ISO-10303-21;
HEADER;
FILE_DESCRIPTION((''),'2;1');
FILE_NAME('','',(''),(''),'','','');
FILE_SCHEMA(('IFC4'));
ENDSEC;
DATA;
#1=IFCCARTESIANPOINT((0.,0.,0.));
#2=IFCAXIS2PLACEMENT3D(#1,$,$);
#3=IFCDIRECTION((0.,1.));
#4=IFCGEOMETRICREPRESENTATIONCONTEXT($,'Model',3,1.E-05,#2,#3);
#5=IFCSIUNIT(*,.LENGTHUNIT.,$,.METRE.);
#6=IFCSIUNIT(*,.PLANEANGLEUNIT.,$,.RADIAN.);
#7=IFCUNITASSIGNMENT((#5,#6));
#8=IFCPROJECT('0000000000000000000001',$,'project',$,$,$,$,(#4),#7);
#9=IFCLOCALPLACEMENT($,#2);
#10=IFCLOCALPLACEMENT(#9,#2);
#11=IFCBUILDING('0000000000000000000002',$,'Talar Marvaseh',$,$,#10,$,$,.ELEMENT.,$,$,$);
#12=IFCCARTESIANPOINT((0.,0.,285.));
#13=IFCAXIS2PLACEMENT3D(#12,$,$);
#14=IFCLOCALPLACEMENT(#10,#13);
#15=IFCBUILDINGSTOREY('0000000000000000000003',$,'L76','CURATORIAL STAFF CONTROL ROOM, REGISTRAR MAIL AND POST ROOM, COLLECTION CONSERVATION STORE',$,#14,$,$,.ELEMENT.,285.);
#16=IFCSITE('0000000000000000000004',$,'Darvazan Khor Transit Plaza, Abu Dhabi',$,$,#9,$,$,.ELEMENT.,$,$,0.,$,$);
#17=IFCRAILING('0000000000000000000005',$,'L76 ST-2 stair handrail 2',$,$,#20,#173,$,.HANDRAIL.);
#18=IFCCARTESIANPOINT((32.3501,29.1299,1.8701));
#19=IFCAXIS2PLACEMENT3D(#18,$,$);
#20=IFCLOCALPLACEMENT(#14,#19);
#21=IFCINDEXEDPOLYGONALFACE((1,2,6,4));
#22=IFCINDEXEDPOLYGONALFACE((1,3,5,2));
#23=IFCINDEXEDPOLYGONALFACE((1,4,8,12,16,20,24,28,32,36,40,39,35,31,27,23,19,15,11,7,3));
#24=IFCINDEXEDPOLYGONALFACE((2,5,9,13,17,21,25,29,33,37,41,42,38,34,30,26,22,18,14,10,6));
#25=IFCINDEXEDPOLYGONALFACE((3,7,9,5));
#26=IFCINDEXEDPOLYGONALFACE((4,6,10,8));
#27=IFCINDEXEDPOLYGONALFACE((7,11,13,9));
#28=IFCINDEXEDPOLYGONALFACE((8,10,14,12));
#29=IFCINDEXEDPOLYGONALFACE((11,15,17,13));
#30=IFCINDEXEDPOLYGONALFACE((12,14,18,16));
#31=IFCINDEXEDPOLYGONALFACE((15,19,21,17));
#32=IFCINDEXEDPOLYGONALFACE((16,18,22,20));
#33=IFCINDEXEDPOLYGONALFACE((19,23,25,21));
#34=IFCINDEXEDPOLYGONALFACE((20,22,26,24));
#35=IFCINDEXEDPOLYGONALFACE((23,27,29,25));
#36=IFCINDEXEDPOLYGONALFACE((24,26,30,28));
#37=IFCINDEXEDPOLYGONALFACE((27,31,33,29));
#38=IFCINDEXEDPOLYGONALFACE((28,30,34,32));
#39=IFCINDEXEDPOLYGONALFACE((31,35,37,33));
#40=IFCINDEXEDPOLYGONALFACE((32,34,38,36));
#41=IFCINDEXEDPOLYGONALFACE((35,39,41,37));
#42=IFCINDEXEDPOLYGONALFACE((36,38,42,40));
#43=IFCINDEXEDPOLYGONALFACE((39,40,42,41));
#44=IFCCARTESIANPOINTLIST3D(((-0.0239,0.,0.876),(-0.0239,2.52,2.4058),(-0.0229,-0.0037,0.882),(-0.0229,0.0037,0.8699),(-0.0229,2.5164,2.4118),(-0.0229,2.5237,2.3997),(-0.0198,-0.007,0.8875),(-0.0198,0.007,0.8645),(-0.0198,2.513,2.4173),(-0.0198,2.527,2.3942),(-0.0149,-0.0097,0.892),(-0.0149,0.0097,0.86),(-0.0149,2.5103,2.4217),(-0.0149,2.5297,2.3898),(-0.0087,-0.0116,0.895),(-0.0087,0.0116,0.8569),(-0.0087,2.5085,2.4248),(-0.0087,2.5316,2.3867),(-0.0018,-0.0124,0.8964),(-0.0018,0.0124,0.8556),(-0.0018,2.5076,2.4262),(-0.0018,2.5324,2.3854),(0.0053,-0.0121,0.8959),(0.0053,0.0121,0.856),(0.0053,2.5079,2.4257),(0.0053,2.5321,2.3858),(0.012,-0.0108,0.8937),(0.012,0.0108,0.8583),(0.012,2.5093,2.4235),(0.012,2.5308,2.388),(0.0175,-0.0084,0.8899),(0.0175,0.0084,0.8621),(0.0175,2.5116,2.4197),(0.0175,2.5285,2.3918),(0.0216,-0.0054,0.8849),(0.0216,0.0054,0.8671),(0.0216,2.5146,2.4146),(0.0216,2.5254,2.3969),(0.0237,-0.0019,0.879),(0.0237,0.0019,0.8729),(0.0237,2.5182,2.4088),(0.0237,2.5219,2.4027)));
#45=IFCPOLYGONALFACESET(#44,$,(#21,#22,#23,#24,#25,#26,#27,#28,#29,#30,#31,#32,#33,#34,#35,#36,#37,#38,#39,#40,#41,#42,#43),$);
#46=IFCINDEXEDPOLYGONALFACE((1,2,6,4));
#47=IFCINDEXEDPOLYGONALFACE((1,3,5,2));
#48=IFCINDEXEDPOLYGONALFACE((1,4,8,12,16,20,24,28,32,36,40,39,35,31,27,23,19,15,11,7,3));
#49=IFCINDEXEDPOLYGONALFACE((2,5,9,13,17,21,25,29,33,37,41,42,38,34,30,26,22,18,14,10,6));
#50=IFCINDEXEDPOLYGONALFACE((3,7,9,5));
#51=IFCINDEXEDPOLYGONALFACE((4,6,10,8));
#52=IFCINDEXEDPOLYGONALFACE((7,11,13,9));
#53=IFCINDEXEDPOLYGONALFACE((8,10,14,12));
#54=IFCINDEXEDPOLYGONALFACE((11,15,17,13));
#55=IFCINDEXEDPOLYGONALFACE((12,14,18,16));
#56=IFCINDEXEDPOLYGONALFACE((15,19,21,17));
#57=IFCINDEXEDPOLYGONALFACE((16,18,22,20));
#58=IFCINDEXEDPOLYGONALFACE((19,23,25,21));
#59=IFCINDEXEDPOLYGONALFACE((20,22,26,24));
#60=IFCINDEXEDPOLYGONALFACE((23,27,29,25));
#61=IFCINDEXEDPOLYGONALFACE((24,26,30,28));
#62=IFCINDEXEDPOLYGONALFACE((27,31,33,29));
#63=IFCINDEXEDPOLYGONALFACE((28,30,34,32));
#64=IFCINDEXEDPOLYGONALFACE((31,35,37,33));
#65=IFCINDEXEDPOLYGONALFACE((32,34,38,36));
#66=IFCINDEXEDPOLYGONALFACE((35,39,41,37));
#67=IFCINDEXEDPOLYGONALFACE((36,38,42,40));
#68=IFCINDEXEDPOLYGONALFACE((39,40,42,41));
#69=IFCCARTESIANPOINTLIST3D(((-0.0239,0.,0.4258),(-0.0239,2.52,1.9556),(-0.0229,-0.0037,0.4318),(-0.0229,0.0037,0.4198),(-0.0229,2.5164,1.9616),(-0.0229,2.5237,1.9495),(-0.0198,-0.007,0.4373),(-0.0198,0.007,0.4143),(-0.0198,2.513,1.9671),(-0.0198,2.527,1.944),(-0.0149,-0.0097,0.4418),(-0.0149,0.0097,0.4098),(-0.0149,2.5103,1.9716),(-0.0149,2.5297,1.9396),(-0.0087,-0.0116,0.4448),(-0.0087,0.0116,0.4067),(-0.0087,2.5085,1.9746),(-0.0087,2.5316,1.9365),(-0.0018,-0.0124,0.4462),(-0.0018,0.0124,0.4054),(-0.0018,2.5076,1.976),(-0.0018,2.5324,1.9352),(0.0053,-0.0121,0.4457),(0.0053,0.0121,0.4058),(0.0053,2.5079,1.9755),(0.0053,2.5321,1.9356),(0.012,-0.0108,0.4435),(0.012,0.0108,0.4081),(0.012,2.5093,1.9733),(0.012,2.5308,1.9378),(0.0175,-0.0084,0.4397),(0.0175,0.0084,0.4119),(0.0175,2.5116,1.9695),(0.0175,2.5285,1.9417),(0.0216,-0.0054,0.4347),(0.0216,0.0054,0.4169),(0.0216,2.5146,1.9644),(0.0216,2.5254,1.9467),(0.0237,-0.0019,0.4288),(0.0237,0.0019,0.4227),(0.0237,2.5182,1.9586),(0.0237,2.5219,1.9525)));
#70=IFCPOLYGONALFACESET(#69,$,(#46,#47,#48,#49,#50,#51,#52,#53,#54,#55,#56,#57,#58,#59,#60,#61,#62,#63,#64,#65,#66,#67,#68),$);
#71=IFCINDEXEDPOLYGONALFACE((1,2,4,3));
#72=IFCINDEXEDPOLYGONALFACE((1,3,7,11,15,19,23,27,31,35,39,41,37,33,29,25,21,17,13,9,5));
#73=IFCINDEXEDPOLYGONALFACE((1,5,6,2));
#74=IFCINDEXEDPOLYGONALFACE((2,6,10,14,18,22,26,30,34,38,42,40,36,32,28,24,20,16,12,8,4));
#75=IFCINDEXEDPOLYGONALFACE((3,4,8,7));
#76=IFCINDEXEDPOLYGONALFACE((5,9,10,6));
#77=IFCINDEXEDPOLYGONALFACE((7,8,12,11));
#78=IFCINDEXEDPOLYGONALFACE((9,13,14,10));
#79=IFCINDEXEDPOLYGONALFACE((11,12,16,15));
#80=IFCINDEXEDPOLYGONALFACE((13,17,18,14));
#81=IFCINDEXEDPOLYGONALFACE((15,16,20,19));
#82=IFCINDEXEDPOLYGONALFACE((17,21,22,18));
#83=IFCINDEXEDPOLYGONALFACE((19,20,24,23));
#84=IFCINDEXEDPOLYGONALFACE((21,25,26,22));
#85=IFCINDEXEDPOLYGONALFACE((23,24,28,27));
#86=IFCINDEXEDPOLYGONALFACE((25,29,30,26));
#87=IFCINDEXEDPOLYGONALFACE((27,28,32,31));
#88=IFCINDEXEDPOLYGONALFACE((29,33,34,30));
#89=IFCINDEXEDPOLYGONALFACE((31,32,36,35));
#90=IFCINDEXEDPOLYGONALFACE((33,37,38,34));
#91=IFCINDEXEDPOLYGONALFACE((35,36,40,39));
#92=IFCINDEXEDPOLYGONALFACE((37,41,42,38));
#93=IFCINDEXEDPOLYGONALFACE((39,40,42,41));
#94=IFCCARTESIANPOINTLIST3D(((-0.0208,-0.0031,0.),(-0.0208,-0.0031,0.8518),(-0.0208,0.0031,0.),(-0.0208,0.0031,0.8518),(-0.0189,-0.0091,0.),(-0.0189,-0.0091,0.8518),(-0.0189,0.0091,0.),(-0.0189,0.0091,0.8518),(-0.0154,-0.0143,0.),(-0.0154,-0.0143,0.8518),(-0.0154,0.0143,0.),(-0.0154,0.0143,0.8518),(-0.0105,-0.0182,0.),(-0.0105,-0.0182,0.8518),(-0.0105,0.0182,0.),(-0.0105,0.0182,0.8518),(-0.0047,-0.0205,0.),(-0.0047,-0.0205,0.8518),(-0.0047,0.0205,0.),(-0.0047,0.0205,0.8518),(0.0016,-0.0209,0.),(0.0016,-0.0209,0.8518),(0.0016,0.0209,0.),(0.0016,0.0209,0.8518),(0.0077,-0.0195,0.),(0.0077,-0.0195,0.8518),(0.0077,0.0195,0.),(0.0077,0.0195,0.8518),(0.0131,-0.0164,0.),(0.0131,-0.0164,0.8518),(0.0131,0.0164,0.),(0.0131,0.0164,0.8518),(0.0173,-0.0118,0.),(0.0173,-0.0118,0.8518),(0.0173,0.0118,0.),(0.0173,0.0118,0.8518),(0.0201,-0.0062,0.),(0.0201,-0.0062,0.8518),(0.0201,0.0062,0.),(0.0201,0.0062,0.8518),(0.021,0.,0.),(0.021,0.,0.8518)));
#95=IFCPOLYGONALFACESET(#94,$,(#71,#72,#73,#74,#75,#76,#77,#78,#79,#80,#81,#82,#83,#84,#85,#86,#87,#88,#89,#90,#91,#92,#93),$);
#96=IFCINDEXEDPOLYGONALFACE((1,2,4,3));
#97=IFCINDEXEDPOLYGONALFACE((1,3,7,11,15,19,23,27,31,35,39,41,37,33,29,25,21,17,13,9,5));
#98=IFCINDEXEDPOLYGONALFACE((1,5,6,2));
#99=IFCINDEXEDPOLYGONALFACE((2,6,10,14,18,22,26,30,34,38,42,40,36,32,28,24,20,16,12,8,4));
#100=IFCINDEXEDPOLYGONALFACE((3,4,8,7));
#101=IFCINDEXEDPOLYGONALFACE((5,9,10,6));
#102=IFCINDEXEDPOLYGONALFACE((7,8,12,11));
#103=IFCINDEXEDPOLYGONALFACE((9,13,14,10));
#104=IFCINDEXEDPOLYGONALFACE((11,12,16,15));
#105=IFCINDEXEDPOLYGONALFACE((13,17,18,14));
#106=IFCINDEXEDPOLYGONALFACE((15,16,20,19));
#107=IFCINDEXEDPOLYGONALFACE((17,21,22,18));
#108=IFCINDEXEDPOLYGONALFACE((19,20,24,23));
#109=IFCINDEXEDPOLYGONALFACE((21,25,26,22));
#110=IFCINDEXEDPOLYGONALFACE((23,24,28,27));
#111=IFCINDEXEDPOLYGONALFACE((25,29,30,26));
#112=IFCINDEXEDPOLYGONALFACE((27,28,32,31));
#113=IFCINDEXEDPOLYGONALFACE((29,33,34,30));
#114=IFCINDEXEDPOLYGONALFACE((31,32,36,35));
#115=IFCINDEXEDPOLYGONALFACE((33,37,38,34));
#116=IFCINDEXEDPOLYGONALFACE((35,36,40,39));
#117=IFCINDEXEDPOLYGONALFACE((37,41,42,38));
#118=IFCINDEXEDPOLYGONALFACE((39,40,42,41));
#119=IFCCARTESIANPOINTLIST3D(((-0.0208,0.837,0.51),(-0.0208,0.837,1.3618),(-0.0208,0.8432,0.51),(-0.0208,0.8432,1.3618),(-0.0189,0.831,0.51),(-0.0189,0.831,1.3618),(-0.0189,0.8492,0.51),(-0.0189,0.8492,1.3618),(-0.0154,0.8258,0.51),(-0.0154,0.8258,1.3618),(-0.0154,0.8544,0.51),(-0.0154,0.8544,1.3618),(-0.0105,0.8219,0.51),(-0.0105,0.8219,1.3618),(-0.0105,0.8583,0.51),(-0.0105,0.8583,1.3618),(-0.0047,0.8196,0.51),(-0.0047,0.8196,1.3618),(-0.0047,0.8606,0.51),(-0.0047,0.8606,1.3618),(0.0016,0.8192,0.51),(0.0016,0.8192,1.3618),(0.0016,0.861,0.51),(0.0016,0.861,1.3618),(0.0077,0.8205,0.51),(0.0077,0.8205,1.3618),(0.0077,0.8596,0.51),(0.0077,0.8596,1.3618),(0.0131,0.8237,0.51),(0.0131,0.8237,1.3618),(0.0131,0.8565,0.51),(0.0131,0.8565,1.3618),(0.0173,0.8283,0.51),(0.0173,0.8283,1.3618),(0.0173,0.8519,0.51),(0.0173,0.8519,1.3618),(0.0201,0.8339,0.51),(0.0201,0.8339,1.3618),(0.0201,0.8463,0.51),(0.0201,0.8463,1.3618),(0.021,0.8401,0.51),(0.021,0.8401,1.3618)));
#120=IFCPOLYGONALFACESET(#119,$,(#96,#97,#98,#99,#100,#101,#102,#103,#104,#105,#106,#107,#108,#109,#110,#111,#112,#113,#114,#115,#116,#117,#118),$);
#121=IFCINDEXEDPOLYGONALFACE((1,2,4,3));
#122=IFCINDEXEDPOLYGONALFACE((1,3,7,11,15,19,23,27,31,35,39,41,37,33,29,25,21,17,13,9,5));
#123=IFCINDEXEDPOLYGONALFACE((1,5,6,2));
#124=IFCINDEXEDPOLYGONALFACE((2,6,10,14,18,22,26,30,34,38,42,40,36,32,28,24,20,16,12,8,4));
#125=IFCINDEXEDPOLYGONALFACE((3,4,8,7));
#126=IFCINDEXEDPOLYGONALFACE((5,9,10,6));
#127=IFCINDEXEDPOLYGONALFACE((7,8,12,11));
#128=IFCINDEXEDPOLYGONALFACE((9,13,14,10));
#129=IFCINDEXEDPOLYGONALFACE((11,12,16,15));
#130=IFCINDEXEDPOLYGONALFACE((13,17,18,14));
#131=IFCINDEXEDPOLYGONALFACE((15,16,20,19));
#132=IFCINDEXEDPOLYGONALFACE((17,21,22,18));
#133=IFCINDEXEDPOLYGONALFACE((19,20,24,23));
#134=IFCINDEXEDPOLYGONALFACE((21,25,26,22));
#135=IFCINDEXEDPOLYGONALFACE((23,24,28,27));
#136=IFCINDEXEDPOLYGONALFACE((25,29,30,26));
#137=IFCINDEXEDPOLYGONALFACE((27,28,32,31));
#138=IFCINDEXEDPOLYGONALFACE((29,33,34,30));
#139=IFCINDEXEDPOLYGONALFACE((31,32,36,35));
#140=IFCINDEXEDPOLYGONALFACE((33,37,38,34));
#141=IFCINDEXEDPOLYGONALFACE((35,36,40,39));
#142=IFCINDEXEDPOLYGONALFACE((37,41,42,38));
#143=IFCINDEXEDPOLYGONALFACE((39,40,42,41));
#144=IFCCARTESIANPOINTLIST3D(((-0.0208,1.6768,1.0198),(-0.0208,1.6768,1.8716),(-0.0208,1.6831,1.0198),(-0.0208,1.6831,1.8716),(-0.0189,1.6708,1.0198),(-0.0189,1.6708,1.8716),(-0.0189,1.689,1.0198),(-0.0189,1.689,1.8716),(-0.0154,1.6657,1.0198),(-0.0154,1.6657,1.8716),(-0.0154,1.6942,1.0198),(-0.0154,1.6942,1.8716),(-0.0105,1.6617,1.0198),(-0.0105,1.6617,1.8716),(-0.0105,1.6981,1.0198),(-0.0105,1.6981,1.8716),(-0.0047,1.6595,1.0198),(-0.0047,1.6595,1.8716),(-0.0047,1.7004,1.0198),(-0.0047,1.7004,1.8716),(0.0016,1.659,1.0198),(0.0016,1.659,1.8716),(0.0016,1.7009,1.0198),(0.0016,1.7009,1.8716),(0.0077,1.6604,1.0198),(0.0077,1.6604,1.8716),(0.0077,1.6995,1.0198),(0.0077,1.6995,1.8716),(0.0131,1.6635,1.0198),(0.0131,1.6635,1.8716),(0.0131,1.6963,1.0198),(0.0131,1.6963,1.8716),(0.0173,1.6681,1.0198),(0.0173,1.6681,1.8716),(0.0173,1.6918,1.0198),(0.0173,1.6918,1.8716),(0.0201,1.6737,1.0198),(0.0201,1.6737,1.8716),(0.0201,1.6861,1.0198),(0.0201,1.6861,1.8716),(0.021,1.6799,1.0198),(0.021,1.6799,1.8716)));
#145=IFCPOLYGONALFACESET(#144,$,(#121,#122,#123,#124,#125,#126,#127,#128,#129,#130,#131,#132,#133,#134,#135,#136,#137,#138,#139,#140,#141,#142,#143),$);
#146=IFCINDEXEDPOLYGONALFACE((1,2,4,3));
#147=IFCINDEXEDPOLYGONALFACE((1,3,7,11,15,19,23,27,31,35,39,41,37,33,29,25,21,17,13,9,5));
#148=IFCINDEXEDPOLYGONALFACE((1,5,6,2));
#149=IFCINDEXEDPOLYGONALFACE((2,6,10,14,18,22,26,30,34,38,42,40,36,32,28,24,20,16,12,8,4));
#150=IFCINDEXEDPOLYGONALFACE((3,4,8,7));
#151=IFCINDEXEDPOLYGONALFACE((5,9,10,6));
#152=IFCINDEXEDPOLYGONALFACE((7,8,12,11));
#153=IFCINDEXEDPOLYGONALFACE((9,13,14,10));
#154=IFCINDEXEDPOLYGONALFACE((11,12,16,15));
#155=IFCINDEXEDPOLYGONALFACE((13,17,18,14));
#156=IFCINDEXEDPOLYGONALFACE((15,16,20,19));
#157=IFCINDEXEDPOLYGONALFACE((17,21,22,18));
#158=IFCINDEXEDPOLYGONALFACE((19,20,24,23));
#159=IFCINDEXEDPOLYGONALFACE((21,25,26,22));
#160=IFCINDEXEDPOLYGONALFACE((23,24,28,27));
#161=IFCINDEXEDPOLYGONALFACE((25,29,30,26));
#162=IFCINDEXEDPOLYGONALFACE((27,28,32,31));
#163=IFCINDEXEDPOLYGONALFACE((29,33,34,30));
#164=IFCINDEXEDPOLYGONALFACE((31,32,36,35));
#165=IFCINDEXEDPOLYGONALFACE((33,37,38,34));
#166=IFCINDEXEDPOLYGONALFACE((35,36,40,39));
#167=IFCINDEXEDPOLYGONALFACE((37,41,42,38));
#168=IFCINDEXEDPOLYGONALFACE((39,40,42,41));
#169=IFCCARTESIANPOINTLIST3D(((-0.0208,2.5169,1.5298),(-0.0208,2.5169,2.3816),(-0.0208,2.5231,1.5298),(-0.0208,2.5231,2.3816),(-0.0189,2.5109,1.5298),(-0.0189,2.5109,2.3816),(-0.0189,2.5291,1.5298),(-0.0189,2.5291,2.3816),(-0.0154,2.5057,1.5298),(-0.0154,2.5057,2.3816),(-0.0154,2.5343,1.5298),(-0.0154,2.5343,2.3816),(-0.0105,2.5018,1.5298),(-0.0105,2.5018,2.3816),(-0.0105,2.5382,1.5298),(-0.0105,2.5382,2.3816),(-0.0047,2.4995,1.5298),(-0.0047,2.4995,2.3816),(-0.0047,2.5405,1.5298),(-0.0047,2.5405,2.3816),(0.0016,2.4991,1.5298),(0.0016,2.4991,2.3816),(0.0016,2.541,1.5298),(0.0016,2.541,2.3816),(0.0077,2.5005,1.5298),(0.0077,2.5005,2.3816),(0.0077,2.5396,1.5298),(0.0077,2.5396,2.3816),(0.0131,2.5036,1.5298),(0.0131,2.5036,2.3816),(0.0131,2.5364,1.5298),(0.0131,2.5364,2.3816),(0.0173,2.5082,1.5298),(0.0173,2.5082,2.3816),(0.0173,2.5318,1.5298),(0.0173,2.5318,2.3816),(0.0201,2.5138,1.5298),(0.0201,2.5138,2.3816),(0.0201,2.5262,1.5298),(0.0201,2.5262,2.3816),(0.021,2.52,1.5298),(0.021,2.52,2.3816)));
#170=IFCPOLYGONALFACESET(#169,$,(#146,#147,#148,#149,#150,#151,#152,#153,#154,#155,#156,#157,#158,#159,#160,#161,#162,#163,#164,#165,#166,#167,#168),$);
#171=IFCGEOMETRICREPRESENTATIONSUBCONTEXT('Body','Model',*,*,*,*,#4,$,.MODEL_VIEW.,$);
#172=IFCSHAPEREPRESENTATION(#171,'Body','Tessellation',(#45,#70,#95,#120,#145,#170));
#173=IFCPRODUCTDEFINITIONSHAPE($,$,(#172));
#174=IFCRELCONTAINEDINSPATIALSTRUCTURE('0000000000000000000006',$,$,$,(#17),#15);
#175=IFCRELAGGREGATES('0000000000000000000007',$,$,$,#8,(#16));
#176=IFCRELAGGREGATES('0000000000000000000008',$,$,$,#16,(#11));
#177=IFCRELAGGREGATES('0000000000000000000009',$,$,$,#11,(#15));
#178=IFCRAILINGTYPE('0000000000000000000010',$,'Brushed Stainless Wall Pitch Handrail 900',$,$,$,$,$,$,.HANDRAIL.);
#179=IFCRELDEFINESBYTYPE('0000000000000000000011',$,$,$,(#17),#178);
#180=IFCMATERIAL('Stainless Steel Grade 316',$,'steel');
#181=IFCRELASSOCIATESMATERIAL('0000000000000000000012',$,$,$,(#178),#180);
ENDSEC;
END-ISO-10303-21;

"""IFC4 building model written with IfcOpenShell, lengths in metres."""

from ifc_helpers import new_model, si_unit, direction, frame, origin, origin_2d, place, context, subcontext, project, spatial, circle, extrude, material, type_object, element, save


model = new_model("IFC4")

# Units and contexts
model_context = context("Model", 3, precision=1e-05, world=origin(), true_north=direction((0.0, 1.0)))
body_context = subcontext(model_context, "Body", "Model", "MODEL_VIEW")
ifc_project = project(units=[si_unit("LENGTHUNIT", "METRE"), si_unit("PLANEANGLEUNIT", "RADIAN")], contexts=[model_context])

# Site, building, storey
site_placement = place(None, origin())
site = spatial("IfcSite", under=ifc_project, at=site_placement, Name="Darvazan Khor Transit Plaza, Abu Dhabi", CompositionType="ELEMENT", RefElevation=0.0)
building_placement = place(site_placement, origin())
building = spatial("IfcBuilding", under=site, at=building_placement, Name="Talar Marvaseh", CompositionType="ELEMENT")
storey_placement = place(building_placement, frame((0.0, 0.0, 285.0)))
storey = spatial("IfcBuildingStorey", under=building, at=storey_placement, Name="L76", Description="CURATORIAL STAFF CONTROL ROOM, REGISTRAR MAIL AND POST ROOM, COLLECTION CONSERVATION STORE", CompositionType="ELEMENT", Elevation=285.0)

# Railing
ifc_material_1 = material(Name="Stainless Steel Grade 316", Category="steel")
railing_type_1 = type_object("IfcRailingType", Name="Brushed Stainless Wall Pitch Handrail 900", PredefinedType="HANDRAIL", material=ifc_material_1)
railing_1_placement = place(storey_placement, frame((32.3501, 29.1299, 1.8701)))
element("IfcRailing", 1, at=railing_1_placement, inside=storey, type_object=railing_type_1, Name="L76 ST-2 stair handrail 2", PredefinedType="HANDRAIL", context=body_context, shape_type="SweptSolid", body=[
    extrude(circle(Radius=0.0239, at=origin_2d()), frame((0.0, 0.0, 0.876), z_axis=(0.0, 0.854822, 0.518922), x_axis=(-1.0, 0.0, 0.0)), (0.0, 0.0, 1.0), 2.948),
    extrude(circle(Radius=0.0239, at=origin_2d()), frame((0.0, 0.0, 0.4258), z_axis=(0.0, 0.854822, 0.518922), x_axis=(-1.0, 0.0, 0.0)), (0.0, 0.0, 1.0), 2.948),
    extrude(circle(Radius=0.021, at=origin_2d()), origin(), (0.0, 0.0, 1.0), 0.8518),
    extrude(circle(Radius=0.021, at=origin_2d()), frame((0.0, 0.8401, 0.51)), (0.0, 0.0, 1.0), 0.8518),
    extrude(circle(Radius=0.021, at=origin_2d()), frame((0.0, 1.6799, 1.0198)), (0.0, 0.0, 1.0), 0.8518),
    extrude(circle(Radius=0.021, at=origin_2d()), frame((0.0, 2.52, 1.5298)), (0.0, 0.0, 1.0), 0.8518),
])

save(model, "model.ifc")
